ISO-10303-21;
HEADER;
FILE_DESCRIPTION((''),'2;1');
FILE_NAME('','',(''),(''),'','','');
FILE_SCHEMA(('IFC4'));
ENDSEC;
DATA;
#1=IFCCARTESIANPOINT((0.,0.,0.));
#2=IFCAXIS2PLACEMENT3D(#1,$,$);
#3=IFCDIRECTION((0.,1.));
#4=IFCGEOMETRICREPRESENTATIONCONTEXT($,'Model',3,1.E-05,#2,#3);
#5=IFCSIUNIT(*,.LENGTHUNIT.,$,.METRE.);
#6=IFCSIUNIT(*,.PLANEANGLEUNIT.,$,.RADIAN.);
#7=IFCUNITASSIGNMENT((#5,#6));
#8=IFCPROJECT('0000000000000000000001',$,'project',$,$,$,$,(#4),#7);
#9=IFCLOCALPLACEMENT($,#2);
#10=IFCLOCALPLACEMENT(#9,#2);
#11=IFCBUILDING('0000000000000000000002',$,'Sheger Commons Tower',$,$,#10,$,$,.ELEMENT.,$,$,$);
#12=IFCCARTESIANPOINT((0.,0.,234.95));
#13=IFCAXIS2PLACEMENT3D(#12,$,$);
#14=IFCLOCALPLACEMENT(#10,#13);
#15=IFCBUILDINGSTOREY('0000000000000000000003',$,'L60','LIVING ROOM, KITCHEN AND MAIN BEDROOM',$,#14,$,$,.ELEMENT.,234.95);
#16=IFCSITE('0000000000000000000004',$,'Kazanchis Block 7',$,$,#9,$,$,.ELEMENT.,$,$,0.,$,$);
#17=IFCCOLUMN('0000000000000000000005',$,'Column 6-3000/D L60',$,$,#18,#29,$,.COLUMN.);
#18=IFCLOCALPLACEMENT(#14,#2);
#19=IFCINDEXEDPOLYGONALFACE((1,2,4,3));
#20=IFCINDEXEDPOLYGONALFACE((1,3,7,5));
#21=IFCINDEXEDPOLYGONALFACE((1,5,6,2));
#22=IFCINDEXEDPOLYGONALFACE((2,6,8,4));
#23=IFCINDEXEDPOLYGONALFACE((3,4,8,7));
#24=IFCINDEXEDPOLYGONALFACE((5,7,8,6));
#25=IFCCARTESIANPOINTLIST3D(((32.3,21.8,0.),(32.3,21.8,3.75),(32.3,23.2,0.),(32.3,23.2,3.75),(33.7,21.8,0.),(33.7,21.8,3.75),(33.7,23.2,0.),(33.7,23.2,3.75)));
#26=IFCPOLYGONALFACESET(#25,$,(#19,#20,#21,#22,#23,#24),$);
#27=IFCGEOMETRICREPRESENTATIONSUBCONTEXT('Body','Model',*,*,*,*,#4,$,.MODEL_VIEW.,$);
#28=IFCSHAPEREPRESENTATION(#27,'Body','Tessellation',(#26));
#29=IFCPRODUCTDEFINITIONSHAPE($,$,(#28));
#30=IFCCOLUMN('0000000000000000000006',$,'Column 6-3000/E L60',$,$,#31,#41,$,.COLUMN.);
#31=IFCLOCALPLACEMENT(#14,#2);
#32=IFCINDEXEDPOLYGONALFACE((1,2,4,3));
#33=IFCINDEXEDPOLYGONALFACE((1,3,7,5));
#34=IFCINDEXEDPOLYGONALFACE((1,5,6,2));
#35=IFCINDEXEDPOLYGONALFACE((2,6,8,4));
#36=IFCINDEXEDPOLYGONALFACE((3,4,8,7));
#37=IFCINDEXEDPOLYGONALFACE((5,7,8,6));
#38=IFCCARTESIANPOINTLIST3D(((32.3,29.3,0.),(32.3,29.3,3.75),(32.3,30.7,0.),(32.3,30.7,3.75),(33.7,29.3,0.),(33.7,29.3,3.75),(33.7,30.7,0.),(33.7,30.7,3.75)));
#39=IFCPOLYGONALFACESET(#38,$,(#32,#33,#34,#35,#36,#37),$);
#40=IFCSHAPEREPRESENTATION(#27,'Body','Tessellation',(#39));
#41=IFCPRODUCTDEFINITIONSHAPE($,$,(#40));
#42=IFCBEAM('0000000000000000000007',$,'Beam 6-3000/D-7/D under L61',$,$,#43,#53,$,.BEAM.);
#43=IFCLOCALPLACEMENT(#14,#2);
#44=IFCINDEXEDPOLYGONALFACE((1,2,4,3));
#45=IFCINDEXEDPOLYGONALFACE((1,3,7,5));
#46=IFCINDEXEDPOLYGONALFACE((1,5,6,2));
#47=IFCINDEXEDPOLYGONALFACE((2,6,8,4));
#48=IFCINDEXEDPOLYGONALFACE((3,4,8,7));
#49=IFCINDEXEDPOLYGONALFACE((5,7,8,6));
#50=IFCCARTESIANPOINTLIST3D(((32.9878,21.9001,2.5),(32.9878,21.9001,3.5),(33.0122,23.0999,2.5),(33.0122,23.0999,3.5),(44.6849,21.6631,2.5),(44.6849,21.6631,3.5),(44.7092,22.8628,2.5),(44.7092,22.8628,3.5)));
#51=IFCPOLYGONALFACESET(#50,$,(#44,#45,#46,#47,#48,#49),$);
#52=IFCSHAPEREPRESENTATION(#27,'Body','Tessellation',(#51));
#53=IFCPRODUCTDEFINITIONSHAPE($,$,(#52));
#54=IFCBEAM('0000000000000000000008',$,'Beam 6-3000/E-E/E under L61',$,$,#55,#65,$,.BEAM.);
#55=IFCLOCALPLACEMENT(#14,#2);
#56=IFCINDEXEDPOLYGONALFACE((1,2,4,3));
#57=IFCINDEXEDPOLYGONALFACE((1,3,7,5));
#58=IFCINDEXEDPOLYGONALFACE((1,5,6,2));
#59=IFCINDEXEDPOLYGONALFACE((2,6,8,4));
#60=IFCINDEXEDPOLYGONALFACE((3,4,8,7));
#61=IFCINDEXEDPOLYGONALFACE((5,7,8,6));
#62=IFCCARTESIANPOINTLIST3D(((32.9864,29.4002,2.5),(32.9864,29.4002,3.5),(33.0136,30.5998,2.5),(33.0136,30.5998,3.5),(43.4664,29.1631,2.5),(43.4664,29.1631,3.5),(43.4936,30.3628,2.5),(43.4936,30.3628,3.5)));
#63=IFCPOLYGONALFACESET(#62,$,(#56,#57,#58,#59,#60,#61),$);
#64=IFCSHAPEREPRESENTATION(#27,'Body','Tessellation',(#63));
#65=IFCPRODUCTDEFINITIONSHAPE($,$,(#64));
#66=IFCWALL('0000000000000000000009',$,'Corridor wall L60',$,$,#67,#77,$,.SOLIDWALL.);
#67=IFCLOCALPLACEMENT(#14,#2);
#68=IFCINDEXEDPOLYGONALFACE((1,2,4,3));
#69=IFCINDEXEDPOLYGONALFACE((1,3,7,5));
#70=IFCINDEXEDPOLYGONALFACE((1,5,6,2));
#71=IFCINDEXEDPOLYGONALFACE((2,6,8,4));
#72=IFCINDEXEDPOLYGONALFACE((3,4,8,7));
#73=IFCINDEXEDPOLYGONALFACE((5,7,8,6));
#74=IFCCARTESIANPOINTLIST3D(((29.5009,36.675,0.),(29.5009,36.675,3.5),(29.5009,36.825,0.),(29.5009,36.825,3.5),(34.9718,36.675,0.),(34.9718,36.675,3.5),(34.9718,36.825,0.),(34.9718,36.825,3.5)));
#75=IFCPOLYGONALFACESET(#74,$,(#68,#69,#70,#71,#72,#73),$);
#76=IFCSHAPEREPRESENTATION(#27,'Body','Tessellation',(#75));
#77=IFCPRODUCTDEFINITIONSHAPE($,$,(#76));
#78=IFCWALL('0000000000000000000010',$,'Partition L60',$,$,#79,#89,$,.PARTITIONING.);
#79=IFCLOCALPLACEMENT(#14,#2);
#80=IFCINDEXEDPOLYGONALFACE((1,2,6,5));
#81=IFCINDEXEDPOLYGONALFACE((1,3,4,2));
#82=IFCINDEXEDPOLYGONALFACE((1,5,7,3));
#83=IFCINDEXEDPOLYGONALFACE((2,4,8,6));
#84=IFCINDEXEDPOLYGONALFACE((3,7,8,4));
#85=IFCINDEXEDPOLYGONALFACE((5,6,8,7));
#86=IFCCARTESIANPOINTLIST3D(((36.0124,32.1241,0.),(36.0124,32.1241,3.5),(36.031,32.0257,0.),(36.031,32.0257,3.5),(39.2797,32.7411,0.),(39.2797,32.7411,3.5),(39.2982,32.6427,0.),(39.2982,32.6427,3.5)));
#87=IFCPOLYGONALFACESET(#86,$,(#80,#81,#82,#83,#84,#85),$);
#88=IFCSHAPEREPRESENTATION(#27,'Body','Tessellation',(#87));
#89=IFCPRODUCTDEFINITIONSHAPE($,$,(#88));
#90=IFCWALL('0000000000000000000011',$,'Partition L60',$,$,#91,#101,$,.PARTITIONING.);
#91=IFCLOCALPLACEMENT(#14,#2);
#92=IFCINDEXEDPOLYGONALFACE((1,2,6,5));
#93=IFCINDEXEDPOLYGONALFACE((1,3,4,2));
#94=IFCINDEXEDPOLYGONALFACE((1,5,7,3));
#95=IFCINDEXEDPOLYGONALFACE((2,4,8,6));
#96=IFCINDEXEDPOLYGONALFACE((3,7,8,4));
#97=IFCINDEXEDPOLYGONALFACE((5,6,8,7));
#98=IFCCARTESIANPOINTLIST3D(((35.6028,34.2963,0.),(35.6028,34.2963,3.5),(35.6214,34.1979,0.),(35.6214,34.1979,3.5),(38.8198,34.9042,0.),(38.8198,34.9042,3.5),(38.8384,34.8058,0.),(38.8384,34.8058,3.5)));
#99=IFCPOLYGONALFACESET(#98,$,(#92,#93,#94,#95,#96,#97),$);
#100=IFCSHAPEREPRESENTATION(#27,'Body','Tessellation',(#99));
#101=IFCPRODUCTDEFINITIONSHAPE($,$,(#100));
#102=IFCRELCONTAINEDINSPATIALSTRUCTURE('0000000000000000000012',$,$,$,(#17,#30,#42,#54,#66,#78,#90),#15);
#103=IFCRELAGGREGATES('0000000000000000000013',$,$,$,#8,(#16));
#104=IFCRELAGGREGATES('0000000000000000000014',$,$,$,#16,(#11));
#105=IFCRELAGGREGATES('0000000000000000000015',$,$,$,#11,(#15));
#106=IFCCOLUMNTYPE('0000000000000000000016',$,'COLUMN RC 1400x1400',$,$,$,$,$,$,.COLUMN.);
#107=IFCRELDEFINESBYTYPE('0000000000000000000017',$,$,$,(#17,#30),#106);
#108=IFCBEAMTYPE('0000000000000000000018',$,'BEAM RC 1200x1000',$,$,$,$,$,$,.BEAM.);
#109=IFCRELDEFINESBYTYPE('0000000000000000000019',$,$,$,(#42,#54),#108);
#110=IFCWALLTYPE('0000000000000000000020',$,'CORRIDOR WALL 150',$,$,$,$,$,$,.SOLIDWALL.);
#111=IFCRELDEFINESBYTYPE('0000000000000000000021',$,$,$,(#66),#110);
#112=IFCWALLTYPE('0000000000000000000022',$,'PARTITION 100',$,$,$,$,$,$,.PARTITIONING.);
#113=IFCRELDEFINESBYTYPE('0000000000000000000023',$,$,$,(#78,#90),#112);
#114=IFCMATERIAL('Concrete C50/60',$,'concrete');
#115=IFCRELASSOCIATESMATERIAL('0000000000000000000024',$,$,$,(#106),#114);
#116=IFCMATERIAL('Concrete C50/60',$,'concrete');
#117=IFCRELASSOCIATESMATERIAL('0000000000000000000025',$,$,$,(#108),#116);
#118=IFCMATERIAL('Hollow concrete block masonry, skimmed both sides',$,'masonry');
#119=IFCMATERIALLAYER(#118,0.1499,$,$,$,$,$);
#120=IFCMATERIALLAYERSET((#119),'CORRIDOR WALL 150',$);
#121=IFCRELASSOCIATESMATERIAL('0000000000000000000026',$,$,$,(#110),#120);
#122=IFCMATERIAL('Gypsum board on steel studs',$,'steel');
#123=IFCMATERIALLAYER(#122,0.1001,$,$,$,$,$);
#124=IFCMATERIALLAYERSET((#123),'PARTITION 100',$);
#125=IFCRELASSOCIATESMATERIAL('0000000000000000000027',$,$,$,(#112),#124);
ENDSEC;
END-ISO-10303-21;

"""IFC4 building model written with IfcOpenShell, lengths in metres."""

from ifc_helpers import new_model, si_unit, direction, frame, frame_2d, origin, origin_2d, place, context, subcontext, project, spatial, rectangle, extrude, material, layer, layer_set, material_profile, profile_set, type_object, element, save


model = new_model("IFC4")

# Units and contexts
model_context = context("Model", 3, precision=1e-05, world=origin(), true_north=direction((0.0, 1.0)))
body_context = subcontext(model_context, "Body", "Model", "MODEL_VIEW")
ifc_project = project(units=[si_unit("LENGTHUNIT", "METRE"), si_unit("PLANEANGLEUNIT", "RADIAN")], contexts=[model_context])

# Site, building, storey
site_placement = place(None, origin())
site = spatial("IfcSite", under=ifc_project, at=site_placement, Name="Kazanchis Block 7", CompositionType="ELEMENT", RefElevation=0.0)
building_placement = place(site_placement, origin())
building = spatial("IfcBuilding", under=site, at=building_placement, Name="Sheger Commons Tower", CompositionType="ELEMENT")
storey_placement = place(building_placement, frame((0.0, 0.0, 234.95)))
storey = spatial("IfcBuildingStorey", under=building, at=storey_placement, Name="L60", Description="LIVING ROOM, KITCHEN AND MAIN BEDROOM", CompositionType="ELEMENT", Elevation=234.95)

# Columns
ifc_material_1 = material(Name="Concrete C50/60", Category="concrete")
ifc_material_profile_1 = material_profile(ifc_material_1, rectangle(XDim=1.3999, YDim=1.3999, at=origin_2d()), Name="RC 1400x1400")
ifc_profile_set_1 = profile_set([ifc_material_profile_1], Name="Concrete C50/60")
column_type = type_object("IfcColumnType", Name="COLUMN RC 1400x1400", PredefinedType="COLUMN", material=ifc_profile_set_1)
for number, where, z_axis, x_axis, name in (
    (1, (33.0, 22.5, 0.0), (0.0, 0.0, 1.0), (1.0, 0.0, 0.0), "Column 6-3000/D L60"),
    (2, (33.0, 30.0, 0.0), (0.0, 0.0, 1.0), (1.0, 0.0, 0.0), "Column 6-3000/E L60"),
):
    element("IfcColumn", number, at=place(storey_placement, frame(where, z_axis=z_axis, x_axis=x_axis)), inside=storey, type_object=column_type, Name=name, PredefinedType="COLUMN", context=body_context, shape_type="SweptSolid", body=[
        extrude(rectangle(XDim=1.3999, YDim=1.3999, at=origin_2d()), origin(), (0.0, 0.0, 1.0), 3.75),
    ])

# Beams
ifc_material_2 = material(Name="Concrete C50/60", Category="concrete")
ifc_material_profile_2 = material_profile(ifc_material_2, rectangle(XDim=1.2, YDim=1.0, at=origin_2d()), Name="RC 1200x1000")
ifc_profile_set_2 = profile_set([ifc_material_profile_2], Name="Concrete C50/60")
beam_type = type_object("IfcBeamType", Name="BEAM RC 1200x1000", PredefinedType="BEAM", material=ifc_profile_set_2)
beam_1_placement = place(storey_placement, frame((33.0, 22.5, 3.0), z_axis=(0.999795, -0.020263, 0.0), x_axis=(0.020263, 0.999795, 0.0)))
element("IfcBeam", 3, at=beam_1_placement, inside=storey, type_object=beam_type, Name="Beam 6-3000/D-7/D under L61", PredefinedType="BEAM", context=body_context, shape_type="SweptSolid", body=[
    extrude(rectangle(XDim=1.2, YDim=1.0, at=origin_2d()), origin(), (0.0, 0.0, 1.0), 11.6995),
])
beam_2_placement = place(storey_placement, frame((33.0, 30.0, 3.0), z_axis=(0.999744, -0.022615, 0.0), x_axis=(0.022615, 0.999744, 0.0)))
element("IfcBeam", 4, at=beam_2_placement, inside=storey, type_object=beam_type, Name="Beam 6-3000/E-E/E under L61", PredefinedType="BEAM", context=body_context, shape_type="SweptSolid", body=[
    extrude(rectangle(XDim=1.2, YDim=1.0, at=origin_2d()), origin(), (0.0, 0.0, 1.0), 10.4827),
])

# Walls
ifc_material_3 = material(Name="Hollow concrete block masonry, skimmed both sides", Category="masonry")
ifc_layer_1 = layer(ifc_material_3, 0.1499)
ifc_layer_set_1 = layer_set([ifc_layer_1], Name="CORRIDOR WALL 150")
wall_type_1 = type_object("IfcWallType", Name="CORRIDOR WALL 150", PredefinedType="SOLIDWALL", material=ifc_layer_set_1)
wall_1_placement = place(storey_placement, frame((29.501, 36.75, 0.0), z_axis=(0.0, 0.0, 1.0), x_axis=(1.0, 0.0, 0.0)))
element("IfcWall", 5, at=wall_1_placement, inside=storey, type_object=wall_type_1, Name="Corridor wall L60", PredefinedType="SOLIDWALL", context=body_context, shape_type="SweptSolid", body=[
    extrude(rectangle(XDim=5.4709, YDim=0.1499, at=frame_2d((2.7354, 0.0))), origin(), (0.0, 0.0, 1.0), 3.5),
])
ifc_material_4 = material(Name="Gypsum board on steel studs", Category="steel")
ifc_layer_2 = layer(ifc_material_4, 0.1001)
ifc_layer_set_2 = layer_set([ifc_layer_2], Name="PARTITION 100")
wall_type_2 = type_object("IfcWallType", Name="PARTITION 100", PredefinedType="PARTITIONING", material=ifc_layer_set_2)
wall_2_placement = place(storey_placement, frame((39.2891, 32.6919, 0.0), z_axis=(0.0, 0.0, 1.0), x_axis=(-0.982634, -0.185556, 0.0)))
element("IfcWall", 6, at=wall_2_placement, inside=storey, type_object=wall_type_2, Name="Partition L60", PredefinedType="PARTITIONING", context=body_context, shape_type="SweptSolid", body=[
    extrude(rectangle(XDim=3.325, YDim=0.1001, at=frame_2d((1.6626, 0.0))), origin(), (0.0, 0.0, 1.0), 3.5),
])
wall_3_placement = place(storey_placement, frame((38.8291, 34.855, 0.0), z_axis=(0.0, 0.0, 1.0), x_axis=(-0.98261, -0.18568, 0.0)))
element("IfcWall", 7, at=wall_3_placement, inside=storey, type_object=wall_type_2, Name="Partition L60", PredefinedType="PARTITIONING", context=body_context, shape_type="SweptSolid", body=[
    extrude(rectangle(XDim=3.2739, YDim=0.1001, at=frame_2d((1.637, 0.0))), origin(), (0.0, 0.0, 1.0), 3.5),
])

save(model, "model.ifc")
